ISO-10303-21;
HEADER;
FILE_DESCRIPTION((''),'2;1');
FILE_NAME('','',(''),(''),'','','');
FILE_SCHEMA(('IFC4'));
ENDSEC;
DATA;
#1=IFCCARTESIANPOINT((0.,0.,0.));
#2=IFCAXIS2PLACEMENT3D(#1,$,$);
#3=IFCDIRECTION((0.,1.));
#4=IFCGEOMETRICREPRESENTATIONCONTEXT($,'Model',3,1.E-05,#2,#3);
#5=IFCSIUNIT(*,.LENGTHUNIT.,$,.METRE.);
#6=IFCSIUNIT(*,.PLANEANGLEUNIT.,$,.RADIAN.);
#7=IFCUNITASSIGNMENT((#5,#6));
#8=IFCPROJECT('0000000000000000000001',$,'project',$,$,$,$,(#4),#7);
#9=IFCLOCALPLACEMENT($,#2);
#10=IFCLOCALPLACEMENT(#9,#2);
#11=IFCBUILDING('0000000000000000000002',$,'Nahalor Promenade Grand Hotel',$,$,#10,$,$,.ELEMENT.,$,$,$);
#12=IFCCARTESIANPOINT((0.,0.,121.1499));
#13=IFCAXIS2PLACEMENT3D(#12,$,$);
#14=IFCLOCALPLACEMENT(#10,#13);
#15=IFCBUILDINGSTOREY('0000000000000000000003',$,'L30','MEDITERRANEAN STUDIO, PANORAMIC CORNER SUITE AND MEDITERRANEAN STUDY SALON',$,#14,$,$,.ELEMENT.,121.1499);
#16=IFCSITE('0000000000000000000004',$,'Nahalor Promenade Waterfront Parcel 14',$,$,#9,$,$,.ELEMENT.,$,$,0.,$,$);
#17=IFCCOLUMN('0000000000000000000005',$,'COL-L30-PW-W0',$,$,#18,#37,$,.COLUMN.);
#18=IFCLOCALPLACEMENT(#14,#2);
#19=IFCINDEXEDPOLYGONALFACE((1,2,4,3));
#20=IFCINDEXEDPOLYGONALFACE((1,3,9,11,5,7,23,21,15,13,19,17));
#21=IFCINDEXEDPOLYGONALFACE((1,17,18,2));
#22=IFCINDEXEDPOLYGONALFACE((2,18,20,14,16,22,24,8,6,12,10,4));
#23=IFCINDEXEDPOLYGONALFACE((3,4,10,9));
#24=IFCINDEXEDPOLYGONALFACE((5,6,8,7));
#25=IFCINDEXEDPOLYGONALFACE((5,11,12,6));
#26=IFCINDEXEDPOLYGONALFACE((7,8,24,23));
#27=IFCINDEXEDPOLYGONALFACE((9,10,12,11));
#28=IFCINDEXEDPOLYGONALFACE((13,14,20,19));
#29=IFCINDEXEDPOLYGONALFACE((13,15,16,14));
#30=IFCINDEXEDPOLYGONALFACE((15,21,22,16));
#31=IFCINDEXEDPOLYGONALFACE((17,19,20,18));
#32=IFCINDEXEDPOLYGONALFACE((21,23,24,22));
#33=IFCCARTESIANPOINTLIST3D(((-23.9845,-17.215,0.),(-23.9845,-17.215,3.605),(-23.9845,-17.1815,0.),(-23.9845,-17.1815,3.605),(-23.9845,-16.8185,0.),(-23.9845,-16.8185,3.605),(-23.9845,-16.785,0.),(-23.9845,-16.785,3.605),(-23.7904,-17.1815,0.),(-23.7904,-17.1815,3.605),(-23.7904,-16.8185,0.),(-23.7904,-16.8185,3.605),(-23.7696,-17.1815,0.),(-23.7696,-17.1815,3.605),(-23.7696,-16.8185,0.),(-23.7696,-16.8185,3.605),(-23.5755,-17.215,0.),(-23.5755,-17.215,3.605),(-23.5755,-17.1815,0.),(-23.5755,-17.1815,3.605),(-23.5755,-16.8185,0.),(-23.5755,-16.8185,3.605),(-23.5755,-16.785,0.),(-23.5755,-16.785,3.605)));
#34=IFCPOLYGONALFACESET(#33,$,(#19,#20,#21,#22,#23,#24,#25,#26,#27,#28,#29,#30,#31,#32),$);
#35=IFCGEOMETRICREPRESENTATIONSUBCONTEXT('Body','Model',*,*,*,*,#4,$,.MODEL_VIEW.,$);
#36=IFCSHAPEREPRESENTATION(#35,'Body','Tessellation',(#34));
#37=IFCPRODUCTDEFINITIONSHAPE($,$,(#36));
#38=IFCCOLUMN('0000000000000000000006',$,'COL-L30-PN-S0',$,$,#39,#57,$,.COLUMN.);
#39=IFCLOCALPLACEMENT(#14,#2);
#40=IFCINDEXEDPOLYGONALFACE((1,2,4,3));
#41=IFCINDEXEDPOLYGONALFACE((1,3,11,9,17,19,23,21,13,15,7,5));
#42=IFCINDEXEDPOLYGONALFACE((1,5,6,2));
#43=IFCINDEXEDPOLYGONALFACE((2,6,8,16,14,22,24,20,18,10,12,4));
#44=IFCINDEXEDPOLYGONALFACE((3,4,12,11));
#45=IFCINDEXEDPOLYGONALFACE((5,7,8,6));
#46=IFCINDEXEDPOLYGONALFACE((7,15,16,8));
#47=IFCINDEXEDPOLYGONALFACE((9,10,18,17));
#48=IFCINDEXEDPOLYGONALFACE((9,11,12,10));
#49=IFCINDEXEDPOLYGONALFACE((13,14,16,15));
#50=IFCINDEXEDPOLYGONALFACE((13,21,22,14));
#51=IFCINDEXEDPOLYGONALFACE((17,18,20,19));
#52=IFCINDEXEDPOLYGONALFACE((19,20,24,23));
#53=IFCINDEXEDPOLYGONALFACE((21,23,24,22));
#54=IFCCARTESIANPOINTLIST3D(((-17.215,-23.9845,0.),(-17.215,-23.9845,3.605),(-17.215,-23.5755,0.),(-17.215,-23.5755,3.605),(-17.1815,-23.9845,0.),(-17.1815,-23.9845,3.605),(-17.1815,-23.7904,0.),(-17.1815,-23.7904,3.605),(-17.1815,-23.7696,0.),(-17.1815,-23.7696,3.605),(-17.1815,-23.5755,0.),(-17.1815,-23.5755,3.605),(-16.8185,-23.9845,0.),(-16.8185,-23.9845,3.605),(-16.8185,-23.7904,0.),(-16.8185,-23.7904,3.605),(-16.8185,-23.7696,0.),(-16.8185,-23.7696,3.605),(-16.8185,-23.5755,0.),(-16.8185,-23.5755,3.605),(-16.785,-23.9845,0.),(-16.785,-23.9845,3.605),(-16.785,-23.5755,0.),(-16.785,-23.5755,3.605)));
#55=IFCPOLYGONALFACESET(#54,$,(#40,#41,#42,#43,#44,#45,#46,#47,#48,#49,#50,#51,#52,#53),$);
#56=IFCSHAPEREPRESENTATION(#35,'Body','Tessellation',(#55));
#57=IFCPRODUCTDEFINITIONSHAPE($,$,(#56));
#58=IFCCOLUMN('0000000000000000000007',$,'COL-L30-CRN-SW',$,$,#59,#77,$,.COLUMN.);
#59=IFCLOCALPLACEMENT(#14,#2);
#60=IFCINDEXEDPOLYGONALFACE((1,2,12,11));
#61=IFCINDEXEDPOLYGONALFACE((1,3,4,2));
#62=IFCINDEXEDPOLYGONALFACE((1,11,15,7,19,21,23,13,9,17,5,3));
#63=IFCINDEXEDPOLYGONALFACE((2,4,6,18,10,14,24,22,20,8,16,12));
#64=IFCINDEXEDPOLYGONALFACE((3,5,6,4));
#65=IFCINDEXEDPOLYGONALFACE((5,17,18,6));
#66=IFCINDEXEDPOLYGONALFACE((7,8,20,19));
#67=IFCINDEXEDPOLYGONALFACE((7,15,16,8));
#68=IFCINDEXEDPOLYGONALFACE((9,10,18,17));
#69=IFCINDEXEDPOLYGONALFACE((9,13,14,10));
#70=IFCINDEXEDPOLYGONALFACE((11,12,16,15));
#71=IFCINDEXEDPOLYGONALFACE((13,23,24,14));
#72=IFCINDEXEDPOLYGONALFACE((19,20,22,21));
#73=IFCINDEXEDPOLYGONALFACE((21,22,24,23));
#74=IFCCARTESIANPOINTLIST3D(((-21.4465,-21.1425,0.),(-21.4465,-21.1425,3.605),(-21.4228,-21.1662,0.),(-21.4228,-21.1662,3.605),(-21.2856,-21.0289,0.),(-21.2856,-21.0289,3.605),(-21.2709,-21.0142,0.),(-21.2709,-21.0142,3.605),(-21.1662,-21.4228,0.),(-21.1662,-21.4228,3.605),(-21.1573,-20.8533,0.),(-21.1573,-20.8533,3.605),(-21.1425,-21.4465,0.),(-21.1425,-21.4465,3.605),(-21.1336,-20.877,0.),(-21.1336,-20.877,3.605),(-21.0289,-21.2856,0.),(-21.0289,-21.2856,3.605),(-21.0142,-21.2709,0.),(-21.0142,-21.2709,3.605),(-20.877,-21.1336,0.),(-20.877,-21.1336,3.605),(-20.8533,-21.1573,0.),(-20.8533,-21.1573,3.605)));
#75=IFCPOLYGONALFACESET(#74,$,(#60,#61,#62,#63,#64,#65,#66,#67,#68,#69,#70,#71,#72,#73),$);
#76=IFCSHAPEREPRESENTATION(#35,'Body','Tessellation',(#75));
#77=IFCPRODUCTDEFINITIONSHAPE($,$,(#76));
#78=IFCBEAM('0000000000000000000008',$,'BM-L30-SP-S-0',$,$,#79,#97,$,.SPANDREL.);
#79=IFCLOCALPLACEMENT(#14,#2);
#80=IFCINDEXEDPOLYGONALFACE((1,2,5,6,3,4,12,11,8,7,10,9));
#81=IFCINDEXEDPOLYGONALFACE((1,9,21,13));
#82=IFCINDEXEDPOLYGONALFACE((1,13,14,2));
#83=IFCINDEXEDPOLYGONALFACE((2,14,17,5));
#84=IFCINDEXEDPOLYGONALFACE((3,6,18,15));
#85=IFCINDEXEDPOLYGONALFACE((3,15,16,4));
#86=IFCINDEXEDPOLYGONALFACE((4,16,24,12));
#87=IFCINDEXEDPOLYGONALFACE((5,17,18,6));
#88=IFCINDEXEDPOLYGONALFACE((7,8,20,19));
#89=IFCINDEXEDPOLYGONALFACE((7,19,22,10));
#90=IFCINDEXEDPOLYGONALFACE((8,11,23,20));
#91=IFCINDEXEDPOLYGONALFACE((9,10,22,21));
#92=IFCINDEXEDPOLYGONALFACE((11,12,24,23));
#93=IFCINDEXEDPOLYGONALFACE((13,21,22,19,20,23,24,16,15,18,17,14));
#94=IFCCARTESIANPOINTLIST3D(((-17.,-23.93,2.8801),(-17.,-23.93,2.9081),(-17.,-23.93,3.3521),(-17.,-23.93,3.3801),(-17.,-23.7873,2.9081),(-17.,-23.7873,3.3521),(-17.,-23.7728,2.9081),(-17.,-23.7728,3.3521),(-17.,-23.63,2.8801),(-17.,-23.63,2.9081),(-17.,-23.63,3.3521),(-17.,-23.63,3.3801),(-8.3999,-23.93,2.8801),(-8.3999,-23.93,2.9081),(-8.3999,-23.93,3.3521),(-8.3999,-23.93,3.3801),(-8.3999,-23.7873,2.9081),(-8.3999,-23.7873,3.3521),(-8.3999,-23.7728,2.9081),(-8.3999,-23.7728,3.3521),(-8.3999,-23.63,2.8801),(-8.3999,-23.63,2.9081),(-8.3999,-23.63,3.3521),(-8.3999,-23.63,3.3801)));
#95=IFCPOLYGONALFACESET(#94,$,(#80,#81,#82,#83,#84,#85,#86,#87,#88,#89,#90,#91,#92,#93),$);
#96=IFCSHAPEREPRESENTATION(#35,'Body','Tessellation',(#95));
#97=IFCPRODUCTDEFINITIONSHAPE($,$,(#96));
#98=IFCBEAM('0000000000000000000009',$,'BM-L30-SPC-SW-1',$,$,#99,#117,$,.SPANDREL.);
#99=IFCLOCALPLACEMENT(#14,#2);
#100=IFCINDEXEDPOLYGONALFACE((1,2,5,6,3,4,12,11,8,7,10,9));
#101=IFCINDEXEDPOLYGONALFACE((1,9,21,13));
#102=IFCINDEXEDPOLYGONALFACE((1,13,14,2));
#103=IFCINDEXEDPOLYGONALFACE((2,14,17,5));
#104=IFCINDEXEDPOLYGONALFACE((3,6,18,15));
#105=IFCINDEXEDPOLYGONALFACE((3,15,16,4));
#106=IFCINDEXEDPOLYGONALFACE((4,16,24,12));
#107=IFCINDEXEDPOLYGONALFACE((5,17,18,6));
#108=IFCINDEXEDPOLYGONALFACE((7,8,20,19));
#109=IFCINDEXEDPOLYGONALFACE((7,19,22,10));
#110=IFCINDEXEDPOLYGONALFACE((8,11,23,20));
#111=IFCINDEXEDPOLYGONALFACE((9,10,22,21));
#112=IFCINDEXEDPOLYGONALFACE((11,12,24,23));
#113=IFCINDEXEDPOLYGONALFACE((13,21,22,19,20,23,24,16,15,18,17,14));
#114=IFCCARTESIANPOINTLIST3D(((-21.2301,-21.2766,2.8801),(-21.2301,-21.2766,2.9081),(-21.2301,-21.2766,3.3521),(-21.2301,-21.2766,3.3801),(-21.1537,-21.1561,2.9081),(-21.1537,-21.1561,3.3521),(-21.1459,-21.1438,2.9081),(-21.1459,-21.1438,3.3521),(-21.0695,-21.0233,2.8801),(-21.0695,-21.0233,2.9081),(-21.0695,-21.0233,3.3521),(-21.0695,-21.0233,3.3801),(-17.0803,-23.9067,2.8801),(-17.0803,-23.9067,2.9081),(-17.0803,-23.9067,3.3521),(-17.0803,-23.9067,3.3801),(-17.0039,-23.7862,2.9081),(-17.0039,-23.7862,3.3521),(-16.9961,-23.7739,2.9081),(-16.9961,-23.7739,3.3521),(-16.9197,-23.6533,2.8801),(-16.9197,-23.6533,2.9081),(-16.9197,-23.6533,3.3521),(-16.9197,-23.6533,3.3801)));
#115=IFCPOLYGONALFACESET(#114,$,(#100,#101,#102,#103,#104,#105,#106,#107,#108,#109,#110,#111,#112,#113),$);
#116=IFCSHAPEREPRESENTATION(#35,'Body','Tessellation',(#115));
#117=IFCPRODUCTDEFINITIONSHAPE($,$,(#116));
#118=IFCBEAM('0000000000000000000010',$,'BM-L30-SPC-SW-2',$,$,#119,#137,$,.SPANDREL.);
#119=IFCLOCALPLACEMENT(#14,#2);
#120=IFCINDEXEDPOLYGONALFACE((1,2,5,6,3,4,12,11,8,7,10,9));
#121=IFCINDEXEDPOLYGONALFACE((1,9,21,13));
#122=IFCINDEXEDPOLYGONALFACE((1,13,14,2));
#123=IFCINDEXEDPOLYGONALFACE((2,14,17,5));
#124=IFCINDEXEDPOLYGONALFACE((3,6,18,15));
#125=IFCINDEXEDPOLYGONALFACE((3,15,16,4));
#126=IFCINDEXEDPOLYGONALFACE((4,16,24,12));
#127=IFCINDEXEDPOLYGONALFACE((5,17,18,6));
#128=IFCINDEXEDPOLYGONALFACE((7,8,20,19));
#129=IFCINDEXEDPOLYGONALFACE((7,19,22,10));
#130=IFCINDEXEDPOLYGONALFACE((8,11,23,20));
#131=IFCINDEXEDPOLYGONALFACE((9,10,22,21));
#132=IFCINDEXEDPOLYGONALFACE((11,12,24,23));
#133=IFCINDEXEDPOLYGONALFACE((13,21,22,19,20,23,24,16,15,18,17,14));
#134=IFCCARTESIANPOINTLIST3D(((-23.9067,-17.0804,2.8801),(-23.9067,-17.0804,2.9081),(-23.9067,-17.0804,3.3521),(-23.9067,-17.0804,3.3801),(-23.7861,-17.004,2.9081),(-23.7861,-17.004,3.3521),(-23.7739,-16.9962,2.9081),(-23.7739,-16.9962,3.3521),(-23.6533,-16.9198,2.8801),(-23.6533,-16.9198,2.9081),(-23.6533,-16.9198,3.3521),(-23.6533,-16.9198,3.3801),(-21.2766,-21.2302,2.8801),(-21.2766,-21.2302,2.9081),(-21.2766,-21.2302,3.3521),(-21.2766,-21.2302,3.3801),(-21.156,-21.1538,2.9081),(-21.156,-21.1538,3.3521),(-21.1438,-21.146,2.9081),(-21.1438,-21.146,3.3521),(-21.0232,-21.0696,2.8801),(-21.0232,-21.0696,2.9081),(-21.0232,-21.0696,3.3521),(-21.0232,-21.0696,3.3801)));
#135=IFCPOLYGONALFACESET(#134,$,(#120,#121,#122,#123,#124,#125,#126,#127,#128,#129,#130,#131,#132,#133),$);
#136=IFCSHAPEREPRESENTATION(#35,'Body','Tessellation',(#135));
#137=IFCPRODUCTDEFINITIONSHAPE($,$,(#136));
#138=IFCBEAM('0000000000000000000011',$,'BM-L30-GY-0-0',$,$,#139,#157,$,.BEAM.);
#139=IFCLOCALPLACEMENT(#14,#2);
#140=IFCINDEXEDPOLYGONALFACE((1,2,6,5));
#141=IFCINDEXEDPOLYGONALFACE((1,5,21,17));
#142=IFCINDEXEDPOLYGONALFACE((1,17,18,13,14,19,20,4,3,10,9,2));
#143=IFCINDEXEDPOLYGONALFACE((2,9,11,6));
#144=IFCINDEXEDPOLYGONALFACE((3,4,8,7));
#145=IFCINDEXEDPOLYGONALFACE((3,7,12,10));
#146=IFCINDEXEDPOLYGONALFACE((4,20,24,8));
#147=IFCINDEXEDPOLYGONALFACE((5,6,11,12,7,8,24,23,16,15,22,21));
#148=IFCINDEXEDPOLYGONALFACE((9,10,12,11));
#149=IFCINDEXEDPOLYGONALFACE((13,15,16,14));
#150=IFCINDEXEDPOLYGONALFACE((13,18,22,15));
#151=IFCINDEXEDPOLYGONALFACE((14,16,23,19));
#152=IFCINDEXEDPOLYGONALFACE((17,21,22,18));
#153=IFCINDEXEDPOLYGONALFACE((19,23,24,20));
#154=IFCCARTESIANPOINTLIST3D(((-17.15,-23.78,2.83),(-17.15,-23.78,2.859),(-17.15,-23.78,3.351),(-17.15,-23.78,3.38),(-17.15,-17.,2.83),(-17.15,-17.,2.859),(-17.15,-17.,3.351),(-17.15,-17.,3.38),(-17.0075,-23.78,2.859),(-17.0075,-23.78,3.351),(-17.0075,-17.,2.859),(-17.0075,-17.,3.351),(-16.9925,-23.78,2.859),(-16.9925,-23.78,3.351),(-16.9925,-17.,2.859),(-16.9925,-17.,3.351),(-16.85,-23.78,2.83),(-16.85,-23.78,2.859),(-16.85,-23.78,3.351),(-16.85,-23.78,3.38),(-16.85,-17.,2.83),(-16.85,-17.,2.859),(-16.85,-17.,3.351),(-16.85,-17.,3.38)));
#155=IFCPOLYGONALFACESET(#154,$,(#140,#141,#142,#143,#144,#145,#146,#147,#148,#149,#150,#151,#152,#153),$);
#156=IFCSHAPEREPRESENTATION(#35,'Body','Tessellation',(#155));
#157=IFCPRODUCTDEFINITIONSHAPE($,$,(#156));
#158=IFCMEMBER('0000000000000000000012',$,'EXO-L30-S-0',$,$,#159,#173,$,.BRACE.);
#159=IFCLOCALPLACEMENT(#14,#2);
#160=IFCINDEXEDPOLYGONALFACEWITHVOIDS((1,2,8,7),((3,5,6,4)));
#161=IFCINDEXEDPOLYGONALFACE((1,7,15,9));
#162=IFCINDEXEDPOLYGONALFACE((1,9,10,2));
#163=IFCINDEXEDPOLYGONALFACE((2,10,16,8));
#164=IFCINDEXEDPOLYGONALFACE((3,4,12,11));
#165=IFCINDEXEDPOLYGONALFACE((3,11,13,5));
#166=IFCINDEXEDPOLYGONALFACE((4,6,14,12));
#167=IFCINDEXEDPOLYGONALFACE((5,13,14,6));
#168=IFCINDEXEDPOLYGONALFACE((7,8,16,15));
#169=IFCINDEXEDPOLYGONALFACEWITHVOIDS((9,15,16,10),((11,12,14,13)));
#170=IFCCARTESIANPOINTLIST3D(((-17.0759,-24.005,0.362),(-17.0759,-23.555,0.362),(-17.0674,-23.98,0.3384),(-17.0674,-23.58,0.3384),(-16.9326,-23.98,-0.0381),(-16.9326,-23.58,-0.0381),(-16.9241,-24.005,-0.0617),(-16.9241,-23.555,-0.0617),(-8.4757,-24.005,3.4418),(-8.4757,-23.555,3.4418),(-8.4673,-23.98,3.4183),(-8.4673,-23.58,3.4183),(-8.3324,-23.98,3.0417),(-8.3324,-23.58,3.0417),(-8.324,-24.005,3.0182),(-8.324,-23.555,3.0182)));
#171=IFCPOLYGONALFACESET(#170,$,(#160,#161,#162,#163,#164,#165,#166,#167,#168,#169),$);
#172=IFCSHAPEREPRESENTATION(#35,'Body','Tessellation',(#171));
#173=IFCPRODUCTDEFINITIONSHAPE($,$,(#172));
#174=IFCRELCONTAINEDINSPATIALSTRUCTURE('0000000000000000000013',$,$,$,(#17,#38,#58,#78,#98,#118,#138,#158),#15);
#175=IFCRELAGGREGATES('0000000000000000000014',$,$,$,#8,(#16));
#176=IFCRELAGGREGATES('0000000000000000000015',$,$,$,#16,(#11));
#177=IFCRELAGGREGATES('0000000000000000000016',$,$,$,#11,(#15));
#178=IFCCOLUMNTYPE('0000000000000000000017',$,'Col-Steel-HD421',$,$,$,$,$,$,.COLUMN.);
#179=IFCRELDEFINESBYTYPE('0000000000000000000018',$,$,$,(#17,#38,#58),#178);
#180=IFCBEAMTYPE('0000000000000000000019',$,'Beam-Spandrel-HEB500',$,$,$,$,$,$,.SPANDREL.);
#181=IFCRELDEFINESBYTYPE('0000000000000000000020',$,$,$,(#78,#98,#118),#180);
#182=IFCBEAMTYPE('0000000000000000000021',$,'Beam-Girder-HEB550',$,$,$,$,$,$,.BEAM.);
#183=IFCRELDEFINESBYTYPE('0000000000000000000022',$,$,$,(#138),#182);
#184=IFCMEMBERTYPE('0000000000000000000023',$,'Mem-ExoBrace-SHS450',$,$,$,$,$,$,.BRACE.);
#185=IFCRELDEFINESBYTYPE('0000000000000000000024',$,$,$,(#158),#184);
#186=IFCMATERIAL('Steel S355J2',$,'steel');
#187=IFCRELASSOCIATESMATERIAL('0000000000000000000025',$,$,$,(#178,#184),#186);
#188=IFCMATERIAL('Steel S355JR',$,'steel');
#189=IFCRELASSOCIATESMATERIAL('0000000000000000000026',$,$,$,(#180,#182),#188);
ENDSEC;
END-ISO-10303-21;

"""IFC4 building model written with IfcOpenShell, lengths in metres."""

from ifc_helpers import new_model, si_unit, direction, frame, origin, origin_2d, place, context, subcontext, project, spatial, hollow_rectangle, i_section, extrude, source, transform, mapped, material, material_profile, profile_set, type_object, element, save


model = new_model("IFC4")

# Units and contexts
model_context = context("Model", 3, precision=1e-05, world=origin(), true_north=direction((0.0, 1.0)))
body_context = subcontext(model_context, "Body", "Model", "MODEL_VIEW")
ifc_project = project(units=[si_unit("LENGTHUNIT", "METRE"), si_unit("PLANEANGLEUNIT", "RADIAN")], contexts=[model_context])

# Site, building, storey
site_placement = place(None, origin())
site = spatial("IfcSite", under=ifc_project, at=site_placement, Name="Nahalor Promenade Waterfront Parcel 14", CompositionType="ELEMENT", RefElevation=0.0)
building_placement = place(site_placement, origin())
building = spatial("IfcBuilding", under=site, at=building_placement, Name="Nahalor Promenade Grand Hotel", CompositionType="ELEMENT")
storey_placement = place(building_placement, frame((0.0, 0.0, 121.1499)))
storey = spatial("IfcBuildingStorey", under=building, at=storey_placement, Name="L30", Description="MEDITERRANEAN STUDIO, PANORAMIC CORNER SUITE AND MEDITERRANEAN STUDY SALON", CompositionType="ELEMENT", Elevation=121.1499)

# Columns
ifc_material_1 = material(Name="Steel S355J2", Category="steel")
ifc_material_profile_1 = material_profile(ifc_material_1, i_section(OverallWidth=0.409, OverallDepth=0.43, WebThickness=0.0208, FlangeThickness=0.0335, at=origin_2d()), Name="HD 400x421")
ifc_profile_set_1 = profile_set([ifc_material_profile_1], Name="Steel S355J2")
column_type = type_object("IfcColumnType", Name="Col-Steel-HD421", PredefinedType="COLUMN", material=ifc_profile_set_1)
shared_shape_1 = source(origin(), body_context, "Body", "SweptSolid", [
    extrude(i_section(OverallWidth=0.409, OverallDepth=0.43, WebThickness=0.0208, FlangeThickness=0.0335, at=origin_2d()), origin(), (0.0, 0.0, 1.0), 3.605),
])
for number, where, z_axis, x_axis, name in (
    (1, (-23.78, -17.0, 0.0), (0.0, 0.0, 1.0), (1.0, 0.0, 0.0), "COL-L30-PW-W0"),
    (2, (-17.0, -23.78, 0.0), (0.0, 0.0, 1.0), (0.0, 1.0, 0.0), "COL-L30-PN-S0"),
    (3, (-21.1499, -21.1499, 0.0), (0.0, 0.0, 1.0), (0.707107, 0.707107, 0.0), "COL-L30-CRN-SW"),
):
    element("IfcColumn", number, at=place(storey_placement, frame(where, z_axis=z_axis, x_axis=x_axis)), inside=storey, type_object=column_type, Name=name, PredefinedType="COLUMN", context=body_context, shape_type="MappedRepresentation", body=[
        mapped(shared_shape_1, transform((0.0, 0.0, 0.0), scale=1.0)),
    ])

# Beams
ifc_material_2 = material(Name="Steel S355JR", Category="steel")
ifc_material_profile_2 = material_profile(ifc_material_2, i_section(OverallWidth=0.3, OverallDepth=0.5, WebThickness=0.0145, FlangeThickness=0.028, at=origin_2d()), Name="HEB 500")
ifc_profile_set_2 = profile_set([ifc_material_profile_2], Name="Steel S355JR")
beam_type_1 = type_object("IfcBeamType", Name="Beam-Spandrel-HEB500", PredefinedType="SPANDREL", material=ifc_profile_set_2)
shared_shape_2 = source(origin(), body_context, "Body", "SweptSolid", [
    extrude(i_section(OverallWidth=0.3, OverallDepth=0.5, WebThickness=0.0145, FlangeThickness=0.028, at=origin_2d()), origin(), (0.0, 0.0, 1.0), 8.6001),
])
beam_1_placement = place(storey_placement, frame((-17.0, -23.78, 3.1301), z_axis=(1.0, 0.0, 0.0), x_axis=(0.0, 1.0, 0.0)))
element("IfcBeam", 4, at=beam_1_placement, inside=storey, type_object=beam_type_1, Name="BM-L30-SP-S-0", PredefinedType="SPANDREL", context=body_context, shape_type="MappedRepresentation", body=[
    mapped(shared_shape_2, transform((0.0, 0.0, 0.0), scale=1.0)),
])
shared_shape_3 = source(origin(), body_context, "Body", "SweptSolid", [
    extrude(i_section(OverallWidth=0.3, OverallDepth=0.5, WebThickness=0.0145, FlangeThickness=0.028, at=origin_2d()), origin(), (0.0, 0.0, 1.0), 4.9131),
])
for number, where, z_axis, x_axis, name in (
    (5, (-17.0, -23.78, 3.1301), (-0.844648, 0.535322, 0.0), (-0.535322, -0.844648, 0.0), "BM-L30-SPC-SW-1"),
    (6, (-21.1499, -21.1499, 3.1301), (-0.535322, 0.844648, 0.0), (-0.844648, -0.535322, 0.0), "BM-L30-SPC-SW-2"),
):
    element("IfcBeam", number, at=place(storey_placement, frame(where, z_axis=z_axis, x_axis=x_axis)), inside=storey, type_object=beam_type_1, Name=name, PredefinedType="SPANDREL", context=body_context, shape_type="MappedRepresentation", body=[
        mapped(shared_shape_3, transform((0.0, 0.0, 0.0), scale=1.0)),
    ])
ifc_material_profile_3 = material_profile(ifc_material_2, i_section(OverallWidth=0.3, OverallDepth=0.55, WebThickness=0.015, FlangeThickness=0.029, at=origin_2d()), Name="HEB 550")
ifc_profile_set_3 = profile_set([ifc_material_profile_3], Name="Steel S355JR")
beam_type_2 = type_object("IfcBeamType", Name="Beam-Girder-HEB550", PredefinedType="BEAM", material=ifc_profile_set_3)
shared_shape_4 = source(origin(), body_context, "Body", "SweptSolid", [
    extrude(i_section(OverallWidth=0.3, OverallDepth=0.55, WebThickness=0.015, FlangeThickness=0.029, at=origin_2d()), origin(), (0.0, 0.0, 1.0), 6.78),
])
beam_2_placement = place(storey_placement, frame((-17.0, -23.78, 3.105), z_axis=(0.0, 1.0, 0.0), x_axis=(-1.0, 0.0, 0.0)))
element("IfcBeam", 7, at=beam_2_placement, inside=storey, type_object=beam_type_2, Name="BM-L30-GY-0-0", PredefinedType="BEAM", context=body_context, shape_type="MappedRepresentation", body=[
    mapped(shared_shape_4, transform((0.0, 0.0, 0.0), scale=1.0)),
])

# Member
ifc_material_profile_4 = material_profile(ifc_material_1, hollow_rectangle(XDim=0.45, YDim=0.45, WallThickness=0.025, at=origin_2d()), Name="SHS 450x450x25")
ifc_profile_set_4 = profile_set([ifc_material_profile_4], Name="Steel S355J2")
member_type_1 = type_object("IfcMemberType", Name="Mem-ExoBrace-SHS450", PredefinedType="BRACE", material=ifc_profile_set_4)
shared_shape_5 = source(origin(), body_context, "Body", "SweptSolid", [
    extrude(hollow_rectangle(XDim=0.45, YDim=0.45, WallThickness=0.025, at=origin_2d()), origin(), (0.0, 0.0, 1.0), 9.135),
])
member_1_placement = place(storey_placement, frame((-17.0, -23.78, 0.1501), z_axis=(0.941451, 0.0, 0.337149), x_axis=(0.0, 1.0, 0.0)))
element("IfcMember", 8, at=member_1_placement, inside=storey, type_object=member_type_1, Name="EXO-L30-S-0", PredefinedType="BRACE", context=body_context, shape_type="MappedRepresentation", body=[
    mapped(shared_shape_5, transform((0.0, 0.0, 0.0), scale=1.0)),
])

save(model, "model.ifc")
